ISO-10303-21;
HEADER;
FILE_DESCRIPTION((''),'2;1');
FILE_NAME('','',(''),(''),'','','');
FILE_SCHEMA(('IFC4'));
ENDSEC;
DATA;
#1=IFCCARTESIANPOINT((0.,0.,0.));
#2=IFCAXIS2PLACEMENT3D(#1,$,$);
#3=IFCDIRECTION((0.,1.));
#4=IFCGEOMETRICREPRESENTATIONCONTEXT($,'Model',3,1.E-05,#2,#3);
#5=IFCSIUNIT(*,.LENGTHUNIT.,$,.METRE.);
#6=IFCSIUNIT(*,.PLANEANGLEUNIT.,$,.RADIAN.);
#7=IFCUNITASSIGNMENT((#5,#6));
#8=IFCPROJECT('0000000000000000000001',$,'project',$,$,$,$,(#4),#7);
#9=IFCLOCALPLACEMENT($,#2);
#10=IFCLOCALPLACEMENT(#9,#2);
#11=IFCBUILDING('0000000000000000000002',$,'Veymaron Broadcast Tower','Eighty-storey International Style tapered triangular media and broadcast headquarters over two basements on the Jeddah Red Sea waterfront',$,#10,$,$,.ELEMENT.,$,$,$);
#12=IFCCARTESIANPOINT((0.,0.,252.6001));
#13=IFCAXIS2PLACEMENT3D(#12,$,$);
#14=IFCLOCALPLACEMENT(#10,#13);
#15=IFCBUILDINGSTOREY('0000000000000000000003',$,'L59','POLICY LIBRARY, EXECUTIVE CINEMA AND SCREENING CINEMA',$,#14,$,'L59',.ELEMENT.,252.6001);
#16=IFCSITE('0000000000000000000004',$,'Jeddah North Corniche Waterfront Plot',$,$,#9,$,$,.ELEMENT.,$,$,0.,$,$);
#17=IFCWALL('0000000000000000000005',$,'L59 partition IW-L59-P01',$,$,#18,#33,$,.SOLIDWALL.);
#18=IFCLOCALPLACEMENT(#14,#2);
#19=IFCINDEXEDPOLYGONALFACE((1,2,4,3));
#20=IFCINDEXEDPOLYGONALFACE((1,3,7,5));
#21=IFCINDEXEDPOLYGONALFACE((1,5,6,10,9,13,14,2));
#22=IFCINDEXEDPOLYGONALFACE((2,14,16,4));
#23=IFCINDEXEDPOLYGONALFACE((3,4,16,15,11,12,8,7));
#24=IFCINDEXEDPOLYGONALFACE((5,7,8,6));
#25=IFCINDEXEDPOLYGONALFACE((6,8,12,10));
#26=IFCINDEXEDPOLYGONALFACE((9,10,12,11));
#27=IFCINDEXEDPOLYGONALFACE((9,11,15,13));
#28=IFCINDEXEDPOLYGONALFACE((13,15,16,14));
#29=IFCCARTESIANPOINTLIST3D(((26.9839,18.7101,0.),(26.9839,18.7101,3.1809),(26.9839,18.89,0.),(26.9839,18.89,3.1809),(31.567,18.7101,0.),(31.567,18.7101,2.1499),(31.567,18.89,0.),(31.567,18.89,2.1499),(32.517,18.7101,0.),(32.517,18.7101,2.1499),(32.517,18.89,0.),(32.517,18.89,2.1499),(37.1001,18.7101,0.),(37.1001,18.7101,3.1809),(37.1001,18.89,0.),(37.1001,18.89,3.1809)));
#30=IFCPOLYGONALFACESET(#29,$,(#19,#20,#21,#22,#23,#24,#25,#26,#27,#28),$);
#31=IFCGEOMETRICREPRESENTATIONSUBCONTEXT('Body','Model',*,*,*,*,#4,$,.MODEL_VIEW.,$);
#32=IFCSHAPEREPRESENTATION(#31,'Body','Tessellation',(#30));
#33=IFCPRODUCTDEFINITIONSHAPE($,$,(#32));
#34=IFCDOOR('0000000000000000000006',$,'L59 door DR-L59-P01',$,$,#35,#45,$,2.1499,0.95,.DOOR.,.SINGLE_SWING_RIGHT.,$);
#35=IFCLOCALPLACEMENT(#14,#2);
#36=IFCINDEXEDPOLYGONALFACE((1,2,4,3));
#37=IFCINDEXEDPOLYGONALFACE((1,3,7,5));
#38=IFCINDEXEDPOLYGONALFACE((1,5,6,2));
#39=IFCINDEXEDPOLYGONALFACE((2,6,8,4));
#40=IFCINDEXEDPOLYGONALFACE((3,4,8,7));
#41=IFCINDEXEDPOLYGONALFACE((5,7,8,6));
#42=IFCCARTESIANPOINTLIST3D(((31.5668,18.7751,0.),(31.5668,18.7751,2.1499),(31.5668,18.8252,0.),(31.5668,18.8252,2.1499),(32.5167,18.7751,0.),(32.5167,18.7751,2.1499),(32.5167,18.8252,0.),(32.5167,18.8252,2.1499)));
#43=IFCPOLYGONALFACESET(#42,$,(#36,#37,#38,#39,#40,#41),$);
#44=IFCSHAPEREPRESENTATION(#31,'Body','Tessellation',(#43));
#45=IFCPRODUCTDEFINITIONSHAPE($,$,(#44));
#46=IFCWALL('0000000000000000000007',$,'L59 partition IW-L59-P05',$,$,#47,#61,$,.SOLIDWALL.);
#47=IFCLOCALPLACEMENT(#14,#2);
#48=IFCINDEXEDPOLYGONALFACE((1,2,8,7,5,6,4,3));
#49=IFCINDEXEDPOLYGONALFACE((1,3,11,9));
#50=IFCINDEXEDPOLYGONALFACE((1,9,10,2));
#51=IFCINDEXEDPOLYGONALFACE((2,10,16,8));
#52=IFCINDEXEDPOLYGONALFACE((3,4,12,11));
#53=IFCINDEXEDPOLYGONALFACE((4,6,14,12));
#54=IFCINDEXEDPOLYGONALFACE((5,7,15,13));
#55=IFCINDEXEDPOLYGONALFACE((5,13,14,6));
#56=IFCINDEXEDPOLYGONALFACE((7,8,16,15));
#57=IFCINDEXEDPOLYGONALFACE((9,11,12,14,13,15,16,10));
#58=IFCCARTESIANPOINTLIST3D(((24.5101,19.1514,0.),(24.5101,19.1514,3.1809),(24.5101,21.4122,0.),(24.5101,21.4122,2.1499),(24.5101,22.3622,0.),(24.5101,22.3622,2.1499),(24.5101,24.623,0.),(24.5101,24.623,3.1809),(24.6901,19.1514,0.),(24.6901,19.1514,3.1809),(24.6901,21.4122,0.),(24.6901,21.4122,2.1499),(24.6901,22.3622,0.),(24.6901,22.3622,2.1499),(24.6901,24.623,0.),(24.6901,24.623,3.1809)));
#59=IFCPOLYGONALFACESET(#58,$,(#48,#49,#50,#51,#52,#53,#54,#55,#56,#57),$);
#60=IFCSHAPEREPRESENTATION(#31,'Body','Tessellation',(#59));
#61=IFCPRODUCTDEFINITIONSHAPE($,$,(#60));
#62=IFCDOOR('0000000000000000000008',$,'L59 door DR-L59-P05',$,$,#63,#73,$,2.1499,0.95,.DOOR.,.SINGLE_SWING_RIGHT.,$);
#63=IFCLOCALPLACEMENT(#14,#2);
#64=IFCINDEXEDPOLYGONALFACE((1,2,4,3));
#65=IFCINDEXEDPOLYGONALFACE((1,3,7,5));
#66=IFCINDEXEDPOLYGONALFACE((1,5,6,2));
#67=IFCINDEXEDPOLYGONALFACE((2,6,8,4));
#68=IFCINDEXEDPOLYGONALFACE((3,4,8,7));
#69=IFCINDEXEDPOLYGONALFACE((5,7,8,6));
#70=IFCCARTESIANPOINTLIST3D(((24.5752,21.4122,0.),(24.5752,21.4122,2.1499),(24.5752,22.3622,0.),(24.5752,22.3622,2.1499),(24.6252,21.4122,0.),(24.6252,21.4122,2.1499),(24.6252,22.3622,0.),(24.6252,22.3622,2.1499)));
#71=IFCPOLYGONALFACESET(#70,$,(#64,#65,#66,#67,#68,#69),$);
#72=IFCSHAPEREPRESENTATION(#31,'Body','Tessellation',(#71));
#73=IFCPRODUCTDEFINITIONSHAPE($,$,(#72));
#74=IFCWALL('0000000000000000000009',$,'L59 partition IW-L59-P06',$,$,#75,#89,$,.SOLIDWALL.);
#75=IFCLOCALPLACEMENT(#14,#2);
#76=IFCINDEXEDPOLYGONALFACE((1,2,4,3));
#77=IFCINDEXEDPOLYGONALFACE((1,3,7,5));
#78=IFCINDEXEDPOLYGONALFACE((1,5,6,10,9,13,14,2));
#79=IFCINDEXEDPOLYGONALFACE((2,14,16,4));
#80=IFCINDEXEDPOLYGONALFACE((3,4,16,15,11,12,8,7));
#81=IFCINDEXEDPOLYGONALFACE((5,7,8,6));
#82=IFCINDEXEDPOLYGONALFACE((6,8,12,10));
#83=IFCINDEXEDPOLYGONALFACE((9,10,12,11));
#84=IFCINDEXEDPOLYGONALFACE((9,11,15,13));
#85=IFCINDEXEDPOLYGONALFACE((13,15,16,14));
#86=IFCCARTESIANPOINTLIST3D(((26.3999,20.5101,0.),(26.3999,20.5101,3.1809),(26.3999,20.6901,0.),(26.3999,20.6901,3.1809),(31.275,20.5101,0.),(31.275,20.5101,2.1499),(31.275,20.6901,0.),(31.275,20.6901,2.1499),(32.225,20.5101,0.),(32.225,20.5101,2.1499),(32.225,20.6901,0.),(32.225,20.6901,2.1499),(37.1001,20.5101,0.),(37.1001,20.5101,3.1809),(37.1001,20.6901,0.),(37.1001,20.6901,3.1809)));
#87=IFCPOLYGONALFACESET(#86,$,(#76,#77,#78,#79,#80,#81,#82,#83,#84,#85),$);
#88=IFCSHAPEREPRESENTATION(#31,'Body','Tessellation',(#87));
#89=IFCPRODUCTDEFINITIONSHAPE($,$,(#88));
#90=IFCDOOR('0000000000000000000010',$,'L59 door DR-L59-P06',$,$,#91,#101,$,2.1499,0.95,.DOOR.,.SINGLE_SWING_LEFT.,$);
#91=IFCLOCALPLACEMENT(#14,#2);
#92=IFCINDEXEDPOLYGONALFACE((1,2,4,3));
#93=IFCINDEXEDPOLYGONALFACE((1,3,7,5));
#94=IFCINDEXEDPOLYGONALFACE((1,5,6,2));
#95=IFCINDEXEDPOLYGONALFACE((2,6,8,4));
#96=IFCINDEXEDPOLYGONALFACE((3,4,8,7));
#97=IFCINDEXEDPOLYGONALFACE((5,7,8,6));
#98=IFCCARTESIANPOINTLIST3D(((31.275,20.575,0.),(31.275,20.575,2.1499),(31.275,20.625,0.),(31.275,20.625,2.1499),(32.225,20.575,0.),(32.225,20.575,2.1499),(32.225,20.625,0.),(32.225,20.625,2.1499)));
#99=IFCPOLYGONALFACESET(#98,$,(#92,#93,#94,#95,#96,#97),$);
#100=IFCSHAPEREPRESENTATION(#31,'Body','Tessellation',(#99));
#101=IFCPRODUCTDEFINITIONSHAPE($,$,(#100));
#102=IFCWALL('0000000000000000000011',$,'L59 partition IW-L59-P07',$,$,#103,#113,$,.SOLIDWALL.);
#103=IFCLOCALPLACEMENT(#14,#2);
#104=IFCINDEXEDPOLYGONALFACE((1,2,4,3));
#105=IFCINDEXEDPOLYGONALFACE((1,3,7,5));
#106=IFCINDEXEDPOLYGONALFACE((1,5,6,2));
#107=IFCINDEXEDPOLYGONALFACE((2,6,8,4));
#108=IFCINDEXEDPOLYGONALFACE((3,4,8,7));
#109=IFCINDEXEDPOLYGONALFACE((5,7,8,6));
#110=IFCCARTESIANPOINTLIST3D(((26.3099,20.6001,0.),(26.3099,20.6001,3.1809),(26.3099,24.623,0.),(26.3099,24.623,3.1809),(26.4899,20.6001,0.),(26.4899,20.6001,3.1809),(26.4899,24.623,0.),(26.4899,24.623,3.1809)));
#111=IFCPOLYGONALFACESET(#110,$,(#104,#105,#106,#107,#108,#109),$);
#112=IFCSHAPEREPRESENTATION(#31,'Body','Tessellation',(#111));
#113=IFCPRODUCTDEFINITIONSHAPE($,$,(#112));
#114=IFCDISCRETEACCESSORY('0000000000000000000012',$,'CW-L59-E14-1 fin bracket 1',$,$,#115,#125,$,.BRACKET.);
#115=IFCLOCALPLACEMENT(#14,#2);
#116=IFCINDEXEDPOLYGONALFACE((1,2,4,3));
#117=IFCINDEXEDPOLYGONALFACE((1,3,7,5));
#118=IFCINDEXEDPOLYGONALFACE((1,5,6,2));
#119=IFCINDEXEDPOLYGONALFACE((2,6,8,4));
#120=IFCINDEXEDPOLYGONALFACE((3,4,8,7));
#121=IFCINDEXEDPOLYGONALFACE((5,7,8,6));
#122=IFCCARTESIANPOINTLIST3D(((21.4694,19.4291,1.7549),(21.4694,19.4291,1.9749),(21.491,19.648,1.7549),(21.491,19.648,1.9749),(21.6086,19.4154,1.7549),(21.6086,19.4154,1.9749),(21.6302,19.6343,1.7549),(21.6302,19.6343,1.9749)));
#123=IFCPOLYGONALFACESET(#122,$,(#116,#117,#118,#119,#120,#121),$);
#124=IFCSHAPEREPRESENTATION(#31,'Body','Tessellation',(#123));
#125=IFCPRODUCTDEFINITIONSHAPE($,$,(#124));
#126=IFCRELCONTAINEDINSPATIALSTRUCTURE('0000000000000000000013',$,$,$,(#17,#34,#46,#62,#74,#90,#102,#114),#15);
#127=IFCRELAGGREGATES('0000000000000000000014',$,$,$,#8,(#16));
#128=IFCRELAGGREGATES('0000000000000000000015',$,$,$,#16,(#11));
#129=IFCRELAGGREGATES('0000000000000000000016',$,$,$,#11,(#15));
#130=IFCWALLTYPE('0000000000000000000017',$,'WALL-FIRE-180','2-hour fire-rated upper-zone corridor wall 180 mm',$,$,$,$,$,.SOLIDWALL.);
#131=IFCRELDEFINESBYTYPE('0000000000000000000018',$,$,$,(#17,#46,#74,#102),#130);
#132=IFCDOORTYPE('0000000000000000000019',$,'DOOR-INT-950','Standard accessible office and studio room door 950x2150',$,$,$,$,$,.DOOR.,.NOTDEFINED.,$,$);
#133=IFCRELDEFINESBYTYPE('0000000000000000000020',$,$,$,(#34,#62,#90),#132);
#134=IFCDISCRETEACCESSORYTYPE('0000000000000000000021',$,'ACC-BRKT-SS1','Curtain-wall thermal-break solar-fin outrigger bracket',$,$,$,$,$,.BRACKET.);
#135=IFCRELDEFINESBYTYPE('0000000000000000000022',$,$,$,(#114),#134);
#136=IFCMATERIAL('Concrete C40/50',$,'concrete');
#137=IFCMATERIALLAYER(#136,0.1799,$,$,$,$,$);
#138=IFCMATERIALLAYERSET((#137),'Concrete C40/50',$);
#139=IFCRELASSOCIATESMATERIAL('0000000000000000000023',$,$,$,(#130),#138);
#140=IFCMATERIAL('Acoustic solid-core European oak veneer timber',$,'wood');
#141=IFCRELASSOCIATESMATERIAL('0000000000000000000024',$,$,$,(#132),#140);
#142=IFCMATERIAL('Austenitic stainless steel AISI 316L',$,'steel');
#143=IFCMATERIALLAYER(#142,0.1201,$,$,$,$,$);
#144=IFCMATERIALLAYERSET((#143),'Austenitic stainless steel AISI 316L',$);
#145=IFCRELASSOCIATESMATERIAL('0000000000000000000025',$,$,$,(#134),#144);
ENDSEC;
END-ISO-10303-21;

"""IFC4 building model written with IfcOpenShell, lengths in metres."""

from ifc_helpers import new_model, si_unit, direction, frame, frame_2d, origin, origin_2d, place, context, subcontext, project, spatial, rectangle, extrude, material, layer, layer_set, type_object, element, fill, save


model = new_model("IFC4")

# Units and contexts
model_context = context("Model", 3, precision=1e-05, world=origin(), true_north=direction((0.0, 1.0)))
body_context = subcontext(model_context, "Body", "Model", "MODEL_VIEW")
ifc_project = project(units=[si_unit("LENGTHUNIT", "METRE"), si_unit("PLANEANGLEUNIT", "RADIAN")], contexts=[model_context])

# Site, building, storey
site_placement = place(None, origin())
site = spatial("IfcSite", under=ifc_project, at=site_placement, Name="Jeddah North Corniche Waterfront Plot", CompositionType="ELEMENT", RefElevation=0.0)
building_placement = place(site_placement, origin())
building = spatial("IfcBuilding", under=site, at=building_placement, Name="Veymaron Broadcast Tower", Description="Eighty-storey International Style tapered triangular media and broadcast headquarters over two basements on the Jeddah Red Sea waterfront", CompositionType="ELEMENT")
storey_placement = place(building_placement, frame((0.0, 0.0, 252.6001)))
storey = spatial("IfcBuildingStorey", under=building, at=storey_placement, Name="L59", Description="POLICY LIBRARY, EXECUTIVE CINEMA AND SCREENING CINEMA", LongName="L59", CompositionType="ELEMENT", Elevation=252.6001)

# Shared definitions
ifc_material_1 = material(Name="Concrete C40/50", Category="concrete")

# Walls, openings, doors
ifc_layer_1 = layer(ifc_material_1, 0.1799)
ifc_layer_set_1 = layer_set([ifc_layer_1], Name="Concrete C40/50")
wall_type_1 = type_object("IfcWallType", Name="WALL-FIRE-180", Description="2-hour fire-rated upper-zone corridor wall 180 mm", PredefinedType="SOLIDWALL", material=ifc_layer_set_1)
wall_1_placement = place(storey_placement, frame((26.9839, 18.8, 0.0), z_axis=(0.0, 0.0, 1.0), x_axis=(1.0, 0.0, 0.0)))
wall_1 = element("IfcWall", 1, at=wall_1_placement, inside=storey, type_object=wall_type_1, Name="L59 partition IW-L59-P01", PredefinedType="SOLIDWALL", context=body_context, shape_type="SweptSolid", body=[
    extrude(rectangle(XDim=10.1162, YDim=0.1799, at=frame_2d((5.0581, 0.0))), origin(), (0.0, 0.0, 1.0), 3.1809),
])
opening_1_placement = place(wall_1_placement, frame((4.583, 0.0, 0.0)))
opening_1 = element("IfcOpeningElement", 2, at=opening_1_placement, cuts=wall_1, PredefinedType="OPENING", context=body_context, shape_type="SweptSolid", body=[
    extrude(rectangle(XDim=0.95, YDim=2.1499, at=frame_2d((0.4751, 1.075))), frame((0.0, 0.1001, 0.0), z_axis=(0.0, -1.0, 0.0), x_axis=(1.0, 0.0, 0.0)), (0.0, 0.0, 1.0), 0.2),
])
ifc_material_2 = material(Name="Acoustic solid-core European oak veneer timber", Category="wood")
door_type = type_object("IfcDoorType", Name="DOOR-INT-950", Description="Standard accessible office and studio room door 950x2150", OperationType="NOTDEFINED", PredefinedType="DOOR", material=ifc_material_2)
door_1_placement = place(opening_1_placement, frame((0.95, 0.0, 0.0), z_axis=(0.0, 0.0, 1.0), x_axis=(-1.0, 0.0, 0.0)))
door_1 = element("IfcDoor", 3, at=door_1_placement, inside=storey, type_object=door_type, Name="L59 door DR-L59-P01", OperationType="SINGLE_SWING_RIGHT", OverallHeight=2.1499, OverallWidth=0.95, PredefinedType="DOOR", context=body_context, shape_type="SweptSolid", body=[
    extrude(rectangle(XDim=0.95, YDim=2.1499, at=frame_2d((0.4751, 1.075))), frame((0.0, 0.0249, 0.0), z_axis=(0.0, -1.0, 0.0), x_axis=(1.0, 0.0, 0.0)), (0.0, 0.0, 1.0), 0.05),
])
fill(opening_1, door_1)
wall_2_placement = place(storey_placement, frame((24.6001, 19.1514, 0.0), z_axis=(0.0, 0.0, 1.0), x_axis=(0.0, 1.0, 0.0)))
wall_2 = element("IfcWall", 4, at=wall_2_placement, inside=storey, type_object=wall_type_1, Name="L59 partition IW-L59-P05", PredefinedType="SOLIDWALL", context=body_context, shape_type="SweptSolid", body=[
    extrude(rectangle(XDim=5.4717, YDim=0.1799, at=frame_2d((2.7358, 0.0))), origin(), (0.0, 0.0, 1.0), 3.1809),
])
opening_2_placement = place(wall_2_placement, frame((2.2607, 0.0, 0.0)))
opening_2 = element("IfcOpeningElement", 5, at=opening_2_placement, cuts=wall_2, PredefinedType="OPENING", context=body_context, shape_type="SweptSolid", body=[
    extrude(rectangle(XDim=0.95, YDim=2.1499, at=frame_2d((0.4751, 1.075))), frame((0.0, 0.1001, 0.0), z_axis=(0.0, -1.0, 0.0), x_axis=(1.0, 0.0, 0.0)), (0.0, 0.0, 1.0), 0.2),
])
door_2_placement = place(opening_2_placement, origin())
door_2 = element("IfcDoor", 6, at=door_2_placement, inside=storey, type_object=door_type, Name="L59 door DR-L59-P05", OperationType="SINGLE_SWING_RIGHT", OverallHeight=2.1499, OverallWidth=0.95, PredefinedType="DOOR", context=body_context, shape_type="SweptSolid", body=[
    extrude(rectangle(XDim=0.95, YDim=2.1499, at=frame_2d((0.4751, 1.075))), frame((0.0, 0.0249, 0.0), z_axis=(0.0, -1.0, 0.0), x_axis=(1.0, 0.0, 0.0)), (0.0, 0.0, 1.0), 0.05),
])
fill(opening_2, door_2)
wall_3_placement = place(storey_placement, frame((26.3999, 20.6001, 0.0), z_axis=(0.0, 0.0, 1.0), x_axis=(1.0, 0.0, 0.0)))
wall_3 = element("IfcWall", 7, at=wall_3_placement, inside=storey, type_object=wall_type_1, Name="L59 partition IW-L59-P06", PredefinedType="SOLIDWALL", context=body_context, shape_type="SweptSolid", body=[
    extrude(rectangle(XDim=10.7002, YDim=0.1799, at=frame_2d((5.3501, 0.0))), origin(), (0.0, 0.0, 1.0), 3.1809),
])
opening_3_placement = place(wall_3_placement, frame((4.875, 0.0, 0.0)))
opening_3 = element("IfcOpeningElement", 8, at=opening_3_placement, cuts=wall_3, PredefinedType="OPENING", context=body_context, shape_type="SweptSolid", body=[
    extrude(rectangle(XDim=0.95, YDim=2.1499, at=frame_2d((0.4751, 1.075))), frame((0.0, 0.1001, 0.0), z_axis=(0.0, -1.0, 0.0), x_axis=(1.0, 0.0, 0.0)), (0.0, 0.0, 1.0), 0.2),
])
door_3_placement = place(opening_3_placement, origin())
door_3 = element("IfcDoor", 9, at=door_3_placement, inside=storey, type_object=door_type, Name="L59 door DR-L59-P06", OperationType="SINGLE_SWING_LEFT", OverallHeight=2.1499, OverallWidth=0.95, PredefinedType="DOOR", context=body_context, shape_type="SweptSolid", body=[
    extrude(rectangle(XDim=0.95, YDim=2.1499, at=frame_2d((0.4751, 1.075))), frame((0.0, 0.0249, 0.0), z_axis=(0.0, -1.0, 0.0), x_axis=(1.0, 0.0, 0.0)), (0.0, 0.0, 1.0), 0.05),
])
fill(opening_3, door_3)

# Wall
wall_4_placement = place(storey_placement, frame((26.3999, 20.6001, 0.0), z_axis=(0.0, 0.0, 1.0), x_axis=(0.0, 1.0, 0.0)))
element("IfcWall", 10, at=wall_4_placement, inside=storey, type_object=wall_type_1, Name="L59 partition IW-L59-P07", PredefinedType="SOLIDWALL", context=body_context, shape_type="SweptSolid", body=[
    extrude(rectangle(XDim=4.0229, YDim=0.1799, at=frame_2d((2.0115, 0.0))), origin(), (0.0, 0.0, 1.0), 3.1809),
])

# Discrete accessory
ifc_material_3 = material(Name="Austenitic stainless steel AISI 316L", Category="steel")
ifc_layer_2 = layer(ifc_material_3, 0.1201)
ifc_layer_set_2 = layer_set([ifc_layer_2], Name="Austenitic stainless steel AISI 316L")
discrete_accessory_type = type_object("IfcDiscreteAccessoryType", Name="ACC-BRKT-SS1", Description="Curtain-wall thermal-break solar-fin outrigger bracket", PredefinedType="BRACKET", material=ifc_layer_set_2)
discrete_accessory_placement = place(storey_placement, frame((21.5498, 19.5317, 1.7549), z_axis=(0.0, 0.0, 1.0), x_axis=(-0.097878, -0.995198, 0.0)))
element("IfcDiscreteAccessory", 11, at=discrete_accessory_placement, inside=storey, type_object=discrete_accessory_type, Name="CW-L59-E14-1 fin bracket 1", PredefinedType="BRACKET", context=body_context, shape_type="SweptSolid", body=[
    extrude(rectangle(XDim=0.22, YDim=0.1399, at=origin_2d()), origin(), (0.0, 0.0, 1.0), 0.22),
])

save(model, "model.ifc")
